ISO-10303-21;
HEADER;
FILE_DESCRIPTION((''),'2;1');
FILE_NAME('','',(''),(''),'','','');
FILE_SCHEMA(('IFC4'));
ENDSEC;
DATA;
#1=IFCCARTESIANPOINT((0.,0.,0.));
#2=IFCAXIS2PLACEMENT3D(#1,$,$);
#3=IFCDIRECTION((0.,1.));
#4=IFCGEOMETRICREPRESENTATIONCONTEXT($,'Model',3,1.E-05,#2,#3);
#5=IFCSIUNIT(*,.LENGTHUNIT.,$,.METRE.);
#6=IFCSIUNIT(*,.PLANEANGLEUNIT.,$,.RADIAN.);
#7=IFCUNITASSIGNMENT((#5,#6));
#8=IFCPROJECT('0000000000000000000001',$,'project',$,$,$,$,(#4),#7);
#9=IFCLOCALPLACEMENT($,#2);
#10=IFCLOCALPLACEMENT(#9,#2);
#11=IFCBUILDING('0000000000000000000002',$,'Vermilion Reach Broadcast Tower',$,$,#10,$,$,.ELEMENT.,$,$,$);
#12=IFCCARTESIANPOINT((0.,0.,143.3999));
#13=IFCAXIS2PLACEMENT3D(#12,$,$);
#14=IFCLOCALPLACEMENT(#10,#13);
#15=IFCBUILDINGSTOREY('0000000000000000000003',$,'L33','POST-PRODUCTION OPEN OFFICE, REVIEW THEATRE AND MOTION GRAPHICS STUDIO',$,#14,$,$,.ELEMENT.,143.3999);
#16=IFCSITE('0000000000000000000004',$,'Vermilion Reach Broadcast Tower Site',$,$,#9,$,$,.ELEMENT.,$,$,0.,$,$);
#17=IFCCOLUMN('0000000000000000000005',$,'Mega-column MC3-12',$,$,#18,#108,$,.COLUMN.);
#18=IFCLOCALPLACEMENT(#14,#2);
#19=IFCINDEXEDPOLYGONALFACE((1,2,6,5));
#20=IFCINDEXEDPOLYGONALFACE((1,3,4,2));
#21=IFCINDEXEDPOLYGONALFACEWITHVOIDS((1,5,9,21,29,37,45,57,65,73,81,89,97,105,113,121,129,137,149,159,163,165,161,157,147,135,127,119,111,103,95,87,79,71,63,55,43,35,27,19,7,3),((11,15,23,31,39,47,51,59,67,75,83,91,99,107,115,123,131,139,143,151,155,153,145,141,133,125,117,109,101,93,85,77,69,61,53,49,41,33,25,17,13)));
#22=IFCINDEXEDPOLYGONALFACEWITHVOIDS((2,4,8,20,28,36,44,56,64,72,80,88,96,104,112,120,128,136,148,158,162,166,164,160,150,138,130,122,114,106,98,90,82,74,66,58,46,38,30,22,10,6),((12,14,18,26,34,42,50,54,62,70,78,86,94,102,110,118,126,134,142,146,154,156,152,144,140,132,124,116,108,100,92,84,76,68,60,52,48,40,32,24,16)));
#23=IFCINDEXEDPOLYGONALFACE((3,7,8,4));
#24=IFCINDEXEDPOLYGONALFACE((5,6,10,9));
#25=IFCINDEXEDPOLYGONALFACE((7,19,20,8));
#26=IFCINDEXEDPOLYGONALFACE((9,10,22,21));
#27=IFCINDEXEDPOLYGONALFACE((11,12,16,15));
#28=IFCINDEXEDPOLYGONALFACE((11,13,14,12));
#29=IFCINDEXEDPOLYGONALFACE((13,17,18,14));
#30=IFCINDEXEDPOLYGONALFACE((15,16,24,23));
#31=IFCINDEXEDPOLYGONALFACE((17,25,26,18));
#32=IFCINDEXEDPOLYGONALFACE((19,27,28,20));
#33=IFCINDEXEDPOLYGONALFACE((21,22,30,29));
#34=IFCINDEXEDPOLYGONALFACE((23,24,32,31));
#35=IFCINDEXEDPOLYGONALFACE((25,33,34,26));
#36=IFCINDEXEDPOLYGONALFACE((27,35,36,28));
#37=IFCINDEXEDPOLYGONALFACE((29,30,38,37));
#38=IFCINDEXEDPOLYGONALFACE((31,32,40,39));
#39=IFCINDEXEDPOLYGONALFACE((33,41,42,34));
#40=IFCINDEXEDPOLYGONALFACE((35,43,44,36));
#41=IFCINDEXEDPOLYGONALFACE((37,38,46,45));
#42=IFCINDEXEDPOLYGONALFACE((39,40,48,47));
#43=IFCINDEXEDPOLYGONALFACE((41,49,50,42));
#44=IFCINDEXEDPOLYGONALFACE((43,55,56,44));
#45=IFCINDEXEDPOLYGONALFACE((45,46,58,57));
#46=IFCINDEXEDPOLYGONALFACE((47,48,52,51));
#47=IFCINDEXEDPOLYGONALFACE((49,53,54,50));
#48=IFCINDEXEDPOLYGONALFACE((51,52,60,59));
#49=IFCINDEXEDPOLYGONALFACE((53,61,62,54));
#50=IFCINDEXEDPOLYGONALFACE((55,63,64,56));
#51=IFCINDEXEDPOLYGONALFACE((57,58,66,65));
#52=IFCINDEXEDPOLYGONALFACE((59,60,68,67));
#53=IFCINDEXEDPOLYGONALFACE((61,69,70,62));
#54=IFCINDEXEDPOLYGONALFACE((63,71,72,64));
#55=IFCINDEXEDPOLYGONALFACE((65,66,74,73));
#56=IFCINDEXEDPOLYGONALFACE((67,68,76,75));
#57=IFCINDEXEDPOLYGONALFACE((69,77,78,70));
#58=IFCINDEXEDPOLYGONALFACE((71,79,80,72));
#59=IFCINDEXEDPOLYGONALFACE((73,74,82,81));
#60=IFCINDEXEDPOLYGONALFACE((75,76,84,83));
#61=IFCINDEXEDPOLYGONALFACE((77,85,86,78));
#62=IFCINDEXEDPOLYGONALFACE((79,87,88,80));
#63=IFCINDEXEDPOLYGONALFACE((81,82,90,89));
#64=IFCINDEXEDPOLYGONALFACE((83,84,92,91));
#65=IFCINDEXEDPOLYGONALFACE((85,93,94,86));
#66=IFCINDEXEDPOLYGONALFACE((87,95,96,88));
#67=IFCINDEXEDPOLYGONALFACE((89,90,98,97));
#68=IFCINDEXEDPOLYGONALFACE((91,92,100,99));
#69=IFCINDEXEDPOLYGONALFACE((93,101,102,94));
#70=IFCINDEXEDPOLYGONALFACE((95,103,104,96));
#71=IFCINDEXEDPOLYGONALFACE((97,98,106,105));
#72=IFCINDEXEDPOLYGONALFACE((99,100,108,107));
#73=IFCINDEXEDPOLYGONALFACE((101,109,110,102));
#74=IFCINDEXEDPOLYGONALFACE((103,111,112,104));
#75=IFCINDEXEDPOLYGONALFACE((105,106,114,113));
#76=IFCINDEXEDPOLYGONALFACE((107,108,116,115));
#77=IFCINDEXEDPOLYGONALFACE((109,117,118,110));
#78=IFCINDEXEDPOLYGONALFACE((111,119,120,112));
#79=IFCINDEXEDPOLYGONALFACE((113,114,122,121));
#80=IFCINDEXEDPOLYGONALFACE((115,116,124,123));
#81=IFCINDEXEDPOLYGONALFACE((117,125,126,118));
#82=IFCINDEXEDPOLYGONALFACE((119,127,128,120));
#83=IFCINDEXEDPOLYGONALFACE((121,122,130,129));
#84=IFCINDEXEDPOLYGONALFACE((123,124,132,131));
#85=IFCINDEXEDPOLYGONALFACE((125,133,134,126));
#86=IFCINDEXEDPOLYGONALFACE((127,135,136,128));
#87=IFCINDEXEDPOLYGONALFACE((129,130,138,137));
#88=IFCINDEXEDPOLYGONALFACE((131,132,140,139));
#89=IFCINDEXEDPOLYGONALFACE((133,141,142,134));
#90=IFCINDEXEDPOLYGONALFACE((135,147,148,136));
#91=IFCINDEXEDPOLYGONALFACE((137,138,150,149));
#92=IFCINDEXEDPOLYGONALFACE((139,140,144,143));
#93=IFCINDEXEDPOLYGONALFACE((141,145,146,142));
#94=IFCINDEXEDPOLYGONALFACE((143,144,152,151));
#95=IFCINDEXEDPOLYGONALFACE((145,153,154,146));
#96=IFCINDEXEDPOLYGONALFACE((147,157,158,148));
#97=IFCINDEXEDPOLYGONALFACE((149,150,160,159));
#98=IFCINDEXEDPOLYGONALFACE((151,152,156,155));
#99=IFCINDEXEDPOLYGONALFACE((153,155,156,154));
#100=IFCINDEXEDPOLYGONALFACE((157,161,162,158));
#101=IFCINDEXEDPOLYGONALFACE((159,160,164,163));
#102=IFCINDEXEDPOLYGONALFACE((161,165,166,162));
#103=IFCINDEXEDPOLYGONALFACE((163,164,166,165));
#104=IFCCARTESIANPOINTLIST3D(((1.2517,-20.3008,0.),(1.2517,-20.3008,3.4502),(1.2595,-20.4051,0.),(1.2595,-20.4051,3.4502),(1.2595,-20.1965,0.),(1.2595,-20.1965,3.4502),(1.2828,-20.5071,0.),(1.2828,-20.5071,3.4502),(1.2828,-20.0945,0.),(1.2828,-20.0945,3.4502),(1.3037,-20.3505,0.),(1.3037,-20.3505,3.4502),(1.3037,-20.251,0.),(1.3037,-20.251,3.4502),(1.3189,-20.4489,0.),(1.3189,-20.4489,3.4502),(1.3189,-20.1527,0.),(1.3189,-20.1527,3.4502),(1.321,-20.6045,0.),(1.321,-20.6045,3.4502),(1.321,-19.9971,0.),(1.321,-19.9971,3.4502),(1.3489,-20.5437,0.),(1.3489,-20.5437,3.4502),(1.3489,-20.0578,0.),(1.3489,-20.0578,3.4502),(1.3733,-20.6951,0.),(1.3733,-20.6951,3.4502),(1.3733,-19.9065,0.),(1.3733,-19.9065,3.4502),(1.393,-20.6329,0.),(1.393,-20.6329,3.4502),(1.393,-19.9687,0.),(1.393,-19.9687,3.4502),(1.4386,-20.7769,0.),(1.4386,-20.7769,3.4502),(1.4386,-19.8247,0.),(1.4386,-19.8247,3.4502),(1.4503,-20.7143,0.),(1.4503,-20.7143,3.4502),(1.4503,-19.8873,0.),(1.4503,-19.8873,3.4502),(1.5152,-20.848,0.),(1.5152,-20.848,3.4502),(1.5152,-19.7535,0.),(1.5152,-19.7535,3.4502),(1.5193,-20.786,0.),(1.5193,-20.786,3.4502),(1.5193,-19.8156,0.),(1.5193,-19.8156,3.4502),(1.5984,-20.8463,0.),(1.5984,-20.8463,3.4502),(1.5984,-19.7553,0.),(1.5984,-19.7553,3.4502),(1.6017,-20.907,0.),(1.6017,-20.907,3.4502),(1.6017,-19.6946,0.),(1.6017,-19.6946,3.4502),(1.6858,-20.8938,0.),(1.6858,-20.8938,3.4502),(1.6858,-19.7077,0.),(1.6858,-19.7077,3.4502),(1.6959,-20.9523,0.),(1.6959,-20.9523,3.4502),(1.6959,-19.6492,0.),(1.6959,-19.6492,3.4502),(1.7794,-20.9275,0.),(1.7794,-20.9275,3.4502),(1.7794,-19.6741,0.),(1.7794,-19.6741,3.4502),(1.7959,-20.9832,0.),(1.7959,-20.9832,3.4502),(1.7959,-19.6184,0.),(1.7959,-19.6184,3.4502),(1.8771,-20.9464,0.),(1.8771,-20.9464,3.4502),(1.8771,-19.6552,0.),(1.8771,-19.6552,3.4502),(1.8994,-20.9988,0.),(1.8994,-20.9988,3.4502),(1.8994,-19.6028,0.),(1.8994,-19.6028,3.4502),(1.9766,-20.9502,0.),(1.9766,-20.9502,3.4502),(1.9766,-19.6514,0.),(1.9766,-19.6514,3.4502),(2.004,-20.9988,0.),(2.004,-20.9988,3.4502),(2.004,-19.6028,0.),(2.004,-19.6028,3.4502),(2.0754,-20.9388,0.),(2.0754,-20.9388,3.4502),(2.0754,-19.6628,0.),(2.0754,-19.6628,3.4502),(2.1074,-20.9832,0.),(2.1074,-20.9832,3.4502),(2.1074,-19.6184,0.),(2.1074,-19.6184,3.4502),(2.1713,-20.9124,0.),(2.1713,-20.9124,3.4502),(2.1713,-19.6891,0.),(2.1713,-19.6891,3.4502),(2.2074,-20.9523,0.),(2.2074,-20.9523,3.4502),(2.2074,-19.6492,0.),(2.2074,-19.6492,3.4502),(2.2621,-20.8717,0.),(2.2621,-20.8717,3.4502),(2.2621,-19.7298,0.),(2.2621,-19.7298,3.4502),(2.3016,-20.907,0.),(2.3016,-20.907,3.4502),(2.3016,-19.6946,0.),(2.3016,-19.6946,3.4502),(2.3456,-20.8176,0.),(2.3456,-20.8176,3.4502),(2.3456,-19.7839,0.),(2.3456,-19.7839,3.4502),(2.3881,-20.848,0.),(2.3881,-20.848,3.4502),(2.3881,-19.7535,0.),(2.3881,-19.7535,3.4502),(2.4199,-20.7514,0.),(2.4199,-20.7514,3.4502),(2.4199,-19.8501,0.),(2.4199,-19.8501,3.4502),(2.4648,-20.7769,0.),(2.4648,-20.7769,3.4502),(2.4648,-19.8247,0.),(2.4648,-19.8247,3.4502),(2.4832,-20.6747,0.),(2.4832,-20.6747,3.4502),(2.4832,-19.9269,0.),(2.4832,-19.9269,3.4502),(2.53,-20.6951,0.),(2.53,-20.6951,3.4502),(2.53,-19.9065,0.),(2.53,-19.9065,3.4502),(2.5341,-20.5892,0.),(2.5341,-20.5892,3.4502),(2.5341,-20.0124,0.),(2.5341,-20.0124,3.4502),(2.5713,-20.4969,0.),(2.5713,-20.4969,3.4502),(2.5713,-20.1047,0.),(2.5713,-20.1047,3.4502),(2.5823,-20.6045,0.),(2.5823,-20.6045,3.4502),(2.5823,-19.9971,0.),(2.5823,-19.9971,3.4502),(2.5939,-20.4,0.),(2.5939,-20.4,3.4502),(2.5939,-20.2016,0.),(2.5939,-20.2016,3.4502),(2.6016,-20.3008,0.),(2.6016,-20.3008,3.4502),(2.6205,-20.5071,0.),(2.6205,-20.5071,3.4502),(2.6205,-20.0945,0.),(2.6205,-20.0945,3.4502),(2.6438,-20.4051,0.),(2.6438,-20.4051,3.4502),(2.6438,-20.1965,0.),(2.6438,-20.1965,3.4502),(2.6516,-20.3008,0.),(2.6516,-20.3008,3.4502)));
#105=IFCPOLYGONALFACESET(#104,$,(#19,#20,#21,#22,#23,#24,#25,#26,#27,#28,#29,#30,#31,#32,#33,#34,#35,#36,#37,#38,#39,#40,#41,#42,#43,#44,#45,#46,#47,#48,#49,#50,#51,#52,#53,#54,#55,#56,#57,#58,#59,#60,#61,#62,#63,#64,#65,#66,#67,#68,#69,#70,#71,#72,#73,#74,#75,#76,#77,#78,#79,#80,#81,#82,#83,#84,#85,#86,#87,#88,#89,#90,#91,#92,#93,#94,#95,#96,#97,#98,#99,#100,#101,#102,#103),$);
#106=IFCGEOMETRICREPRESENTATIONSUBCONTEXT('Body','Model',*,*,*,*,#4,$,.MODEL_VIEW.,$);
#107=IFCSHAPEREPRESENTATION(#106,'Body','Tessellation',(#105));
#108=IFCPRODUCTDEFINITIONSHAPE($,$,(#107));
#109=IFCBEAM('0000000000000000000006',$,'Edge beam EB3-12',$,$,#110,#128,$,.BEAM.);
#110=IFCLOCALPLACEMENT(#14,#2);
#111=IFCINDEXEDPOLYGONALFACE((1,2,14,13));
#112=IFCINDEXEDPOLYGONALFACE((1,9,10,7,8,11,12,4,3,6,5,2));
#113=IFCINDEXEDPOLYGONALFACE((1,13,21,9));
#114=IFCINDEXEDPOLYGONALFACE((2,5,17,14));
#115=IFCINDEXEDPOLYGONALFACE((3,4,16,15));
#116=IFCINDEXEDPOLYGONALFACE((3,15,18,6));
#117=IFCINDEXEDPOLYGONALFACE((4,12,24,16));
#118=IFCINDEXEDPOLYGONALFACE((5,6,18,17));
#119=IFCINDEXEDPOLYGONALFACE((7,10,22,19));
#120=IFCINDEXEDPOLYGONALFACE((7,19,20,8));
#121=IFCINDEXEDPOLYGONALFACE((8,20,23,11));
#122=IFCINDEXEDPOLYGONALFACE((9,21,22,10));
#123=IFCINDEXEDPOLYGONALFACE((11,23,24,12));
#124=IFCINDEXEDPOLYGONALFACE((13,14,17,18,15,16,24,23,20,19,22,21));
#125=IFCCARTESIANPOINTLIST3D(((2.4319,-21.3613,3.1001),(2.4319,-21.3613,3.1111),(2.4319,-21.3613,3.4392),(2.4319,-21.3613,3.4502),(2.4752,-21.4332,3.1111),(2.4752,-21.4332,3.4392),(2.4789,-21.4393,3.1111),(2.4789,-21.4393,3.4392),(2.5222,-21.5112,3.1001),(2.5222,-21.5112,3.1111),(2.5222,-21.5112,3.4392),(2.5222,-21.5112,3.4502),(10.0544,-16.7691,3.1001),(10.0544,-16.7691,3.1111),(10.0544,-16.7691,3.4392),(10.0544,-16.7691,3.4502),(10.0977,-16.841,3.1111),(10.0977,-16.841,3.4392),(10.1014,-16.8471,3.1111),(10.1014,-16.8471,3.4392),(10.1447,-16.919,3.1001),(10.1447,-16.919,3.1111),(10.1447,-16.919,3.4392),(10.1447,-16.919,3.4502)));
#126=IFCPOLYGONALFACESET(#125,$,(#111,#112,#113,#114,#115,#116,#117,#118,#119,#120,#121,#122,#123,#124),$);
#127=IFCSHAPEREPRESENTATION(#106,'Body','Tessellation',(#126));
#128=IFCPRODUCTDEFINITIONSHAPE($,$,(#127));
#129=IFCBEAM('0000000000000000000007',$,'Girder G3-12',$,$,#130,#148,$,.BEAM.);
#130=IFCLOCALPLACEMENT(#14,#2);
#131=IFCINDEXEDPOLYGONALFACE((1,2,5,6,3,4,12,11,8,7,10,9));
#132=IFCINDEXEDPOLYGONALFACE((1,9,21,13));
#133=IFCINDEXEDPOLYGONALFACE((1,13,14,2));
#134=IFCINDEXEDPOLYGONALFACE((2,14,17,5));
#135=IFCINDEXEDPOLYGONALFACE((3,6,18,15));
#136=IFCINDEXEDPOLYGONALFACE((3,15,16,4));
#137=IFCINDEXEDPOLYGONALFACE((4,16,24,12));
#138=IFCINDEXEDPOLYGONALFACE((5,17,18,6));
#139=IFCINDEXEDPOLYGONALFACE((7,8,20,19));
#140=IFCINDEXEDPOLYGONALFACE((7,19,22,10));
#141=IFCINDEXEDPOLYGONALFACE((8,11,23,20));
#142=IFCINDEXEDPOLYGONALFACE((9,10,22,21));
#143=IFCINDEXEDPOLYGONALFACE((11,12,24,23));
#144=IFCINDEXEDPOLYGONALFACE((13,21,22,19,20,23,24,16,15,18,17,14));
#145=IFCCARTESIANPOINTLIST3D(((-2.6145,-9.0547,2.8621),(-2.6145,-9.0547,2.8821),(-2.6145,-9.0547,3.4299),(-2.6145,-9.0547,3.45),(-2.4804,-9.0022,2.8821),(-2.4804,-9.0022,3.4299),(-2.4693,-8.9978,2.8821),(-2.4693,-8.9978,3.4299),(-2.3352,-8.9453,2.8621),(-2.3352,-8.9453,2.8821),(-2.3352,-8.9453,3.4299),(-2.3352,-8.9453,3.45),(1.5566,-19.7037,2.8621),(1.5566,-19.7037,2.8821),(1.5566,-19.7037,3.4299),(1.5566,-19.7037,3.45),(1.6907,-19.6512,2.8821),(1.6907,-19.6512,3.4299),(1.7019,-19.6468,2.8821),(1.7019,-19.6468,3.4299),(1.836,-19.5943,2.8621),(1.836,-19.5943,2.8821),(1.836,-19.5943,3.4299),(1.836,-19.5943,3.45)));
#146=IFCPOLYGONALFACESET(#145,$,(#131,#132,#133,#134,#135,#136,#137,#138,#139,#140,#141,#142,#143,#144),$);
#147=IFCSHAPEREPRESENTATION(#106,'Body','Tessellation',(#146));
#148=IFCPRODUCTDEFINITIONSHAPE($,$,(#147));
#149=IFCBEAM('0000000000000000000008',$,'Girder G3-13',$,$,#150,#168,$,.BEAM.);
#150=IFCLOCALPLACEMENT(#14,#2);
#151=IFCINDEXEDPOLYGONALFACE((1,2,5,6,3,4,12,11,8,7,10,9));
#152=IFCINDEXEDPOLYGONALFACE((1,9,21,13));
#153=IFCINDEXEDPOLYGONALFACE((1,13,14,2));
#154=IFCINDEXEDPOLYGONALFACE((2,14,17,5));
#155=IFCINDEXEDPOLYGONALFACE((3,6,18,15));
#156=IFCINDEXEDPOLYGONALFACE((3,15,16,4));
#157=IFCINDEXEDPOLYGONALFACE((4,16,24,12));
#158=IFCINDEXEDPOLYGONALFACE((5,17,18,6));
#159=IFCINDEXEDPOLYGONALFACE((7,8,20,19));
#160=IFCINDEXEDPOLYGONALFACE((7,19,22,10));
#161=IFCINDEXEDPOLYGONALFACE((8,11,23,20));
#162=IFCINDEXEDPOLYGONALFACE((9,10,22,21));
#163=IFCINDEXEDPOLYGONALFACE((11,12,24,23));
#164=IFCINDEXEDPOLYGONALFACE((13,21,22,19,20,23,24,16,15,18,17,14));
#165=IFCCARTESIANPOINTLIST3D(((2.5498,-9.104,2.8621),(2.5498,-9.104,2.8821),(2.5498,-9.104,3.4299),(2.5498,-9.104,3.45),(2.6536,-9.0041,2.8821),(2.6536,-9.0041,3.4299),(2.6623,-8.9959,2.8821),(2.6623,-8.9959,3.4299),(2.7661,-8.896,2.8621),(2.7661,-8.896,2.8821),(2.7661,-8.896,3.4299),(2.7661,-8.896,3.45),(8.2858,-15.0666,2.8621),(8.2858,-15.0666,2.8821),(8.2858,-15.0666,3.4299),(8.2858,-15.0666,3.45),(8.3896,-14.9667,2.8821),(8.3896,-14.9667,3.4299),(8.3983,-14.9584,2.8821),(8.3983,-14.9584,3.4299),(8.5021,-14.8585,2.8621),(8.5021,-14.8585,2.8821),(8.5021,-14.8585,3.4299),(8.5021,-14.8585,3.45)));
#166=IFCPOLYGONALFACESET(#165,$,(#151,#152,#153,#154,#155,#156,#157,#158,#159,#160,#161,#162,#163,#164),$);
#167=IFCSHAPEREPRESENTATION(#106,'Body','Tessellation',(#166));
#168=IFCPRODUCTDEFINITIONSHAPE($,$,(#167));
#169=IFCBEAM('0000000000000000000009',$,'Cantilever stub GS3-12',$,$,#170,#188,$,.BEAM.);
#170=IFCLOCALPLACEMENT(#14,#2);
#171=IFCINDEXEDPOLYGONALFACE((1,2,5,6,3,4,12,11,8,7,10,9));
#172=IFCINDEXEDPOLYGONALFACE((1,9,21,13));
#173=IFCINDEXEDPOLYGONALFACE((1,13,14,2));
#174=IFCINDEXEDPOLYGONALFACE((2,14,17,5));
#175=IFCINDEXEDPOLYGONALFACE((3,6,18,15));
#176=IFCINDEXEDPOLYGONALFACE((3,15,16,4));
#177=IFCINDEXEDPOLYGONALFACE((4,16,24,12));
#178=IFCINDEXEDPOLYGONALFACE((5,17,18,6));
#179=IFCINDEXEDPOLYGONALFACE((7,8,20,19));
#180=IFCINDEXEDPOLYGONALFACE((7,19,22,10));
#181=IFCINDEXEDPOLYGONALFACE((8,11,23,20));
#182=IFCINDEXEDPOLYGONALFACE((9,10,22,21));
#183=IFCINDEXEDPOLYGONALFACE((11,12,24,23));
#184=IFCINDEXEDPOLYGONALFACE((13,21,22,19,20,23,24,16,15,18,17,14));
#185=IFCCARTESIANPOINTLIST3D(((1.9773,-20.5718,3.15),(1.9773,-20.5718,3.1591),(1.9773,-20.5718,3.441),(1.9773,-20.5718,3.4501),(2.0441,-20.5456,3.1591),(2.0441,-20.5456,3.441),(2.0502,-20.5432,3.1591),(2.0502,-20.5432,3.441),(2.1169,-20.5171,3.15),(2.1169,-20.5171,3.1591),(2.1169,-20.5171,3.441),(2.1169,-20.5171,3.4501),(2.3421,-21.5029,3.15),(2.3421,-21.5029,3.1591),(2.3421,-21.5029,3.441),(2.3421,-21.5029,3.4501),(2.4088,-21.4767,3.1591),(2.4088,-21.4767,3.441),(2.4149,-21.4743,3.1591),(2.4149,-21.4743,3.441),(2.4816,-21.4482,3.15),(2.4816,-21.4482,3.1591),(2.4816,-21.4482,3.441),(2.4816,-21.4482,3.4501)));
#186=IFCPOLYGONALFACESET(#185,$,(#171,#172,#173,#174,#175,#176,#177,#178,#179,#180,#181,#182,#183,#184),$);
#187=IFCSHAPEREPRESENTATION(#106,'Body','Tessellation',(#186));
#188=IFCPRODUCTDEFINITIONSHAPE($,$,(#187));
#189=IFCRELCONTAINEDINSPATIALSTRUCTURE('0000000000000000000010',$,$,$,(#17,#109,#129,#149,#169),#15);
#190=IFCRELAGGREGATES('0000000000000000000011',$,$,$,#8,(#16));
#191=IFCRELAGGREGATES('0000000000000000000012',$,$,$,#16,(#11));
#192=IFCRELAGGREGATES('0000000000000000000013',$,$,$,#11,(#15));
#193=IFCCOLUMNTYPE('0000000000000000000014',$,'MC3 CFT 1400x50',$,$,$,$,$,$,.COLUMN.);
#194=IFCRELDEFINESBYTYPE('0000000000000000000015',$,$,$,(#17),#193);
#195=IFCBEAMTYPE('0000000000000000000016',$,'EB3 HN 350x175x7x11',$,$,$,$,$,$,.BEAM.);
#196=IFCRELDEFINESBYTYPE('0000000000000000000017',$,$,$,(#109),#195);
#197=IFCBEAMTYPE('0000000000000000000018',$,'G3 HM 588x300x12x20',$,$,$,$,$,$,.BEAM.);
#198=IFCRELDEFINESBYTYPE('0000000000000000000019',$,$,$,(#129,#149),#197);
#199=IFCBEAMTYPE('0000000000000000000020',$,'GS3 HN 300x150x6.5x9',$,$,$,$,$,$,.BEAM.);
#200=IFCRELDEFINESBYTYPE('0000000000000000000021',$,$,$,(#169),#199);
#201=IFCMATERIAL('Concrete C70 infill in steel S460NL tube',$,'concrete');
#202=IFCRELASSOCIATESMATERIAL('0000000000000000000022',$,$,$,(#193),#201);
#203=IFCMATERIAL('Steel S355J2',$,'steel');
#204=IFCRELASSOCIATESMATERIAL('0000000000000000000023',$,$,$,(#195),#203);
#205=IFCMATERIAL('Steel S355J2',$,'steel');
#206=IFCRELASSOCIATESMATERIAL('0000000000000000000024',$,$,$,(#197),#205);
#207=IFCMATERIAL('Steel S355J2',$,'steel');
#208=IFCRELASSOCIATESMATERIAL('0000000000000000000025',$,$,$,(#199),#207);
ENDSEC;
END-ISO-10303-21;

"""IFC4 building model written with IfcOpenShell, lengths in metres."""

from ifc_helpers import new_model, si_unit, direction, frame, origin, origin_2d, place, context, subcontext, project, spatial, hollow_circle, i_section, extrude, material, material_profile, profile_set, type_object, element, save


model = new_model("IFC4")

# Units and contexts
model_context = context("Model", 3, precision=1e-05, world=origin(), true_north=direction((0.0, 1.0)))
body_context = subcontext(model_context, "Body", "Model", "MODEL_VIEW")
ifc_project = project(units=[si_unit("LENGTHUNIT", "METRE"), si_unit("PLANEANGLEUNIT", "RADIAN")], contexts=[model_context])

# Site, building, storey
site_placement = place(None, origin())
site = spatial("IfcSite", under=ifc_project, at=site_placement, Name="Vermilion Reach Broadcast Tower Site", CompositionType="ELEMENT", RefElevation=0.0)
building_placement = place(site_placement, origin())
building = spatial("IfcBuilding", under=site, at=building_placement, Name="Vermilion Reach Broadcast Tower", CompositionType="ELEMENT")
storey_placement = place(building_placement, frame((0.0, 0.0, 143.3999)))
storey = spatial("IfcBuildingStorey", under=building, at=storey_placement, Name="L33", Description="POST-PRODUCTION OPEN OFFICE, REVIEW THEATRE AND MOTION GRAPHICS STUDIO", CompositionType="ELEMENT", Elevation=143.3999)

# Column
ifc_material_1 = material(Name="Concrete C70 infill in steel S460NL tube", Category="concrete")
ifc_material_profile_1 = material_profile(ifc_material_1, hollow_circle(Radius=0.7, WallThickness=0.05, at=origin_2d()), Name="Concrete C70 infill in steel S460NL tube CFT 1400x50")
ifc_profile_set_1 = profile_set([ifc_material_profile_1], Name="Concrete C70 infill in steel S460NL tube")
column_type = type_object("IfcColumnType", Name="MC3 CFT 1400x50", PredefinedType="COLUMN", material=ifc_profile_set_1)
column_placement = place(storey_placement, frame((1.9517, -20.3008, 0.0), z_axis=(0.0, 0.0, 1.0), x_axis=(1.0, 0.0, 0.0)))
element("IfcColumn", 1, at=column_placement, inside=storey, type_object=column_type, Name="Mega-column MC3-12", PredefinedType="COLUMN", context=body_context, shape_type="SweptSolid", body=[
    extrude(hollow_circle(Radius=0.7, WallThickness=0.05, at=origin_2d()), origin(), (0.0, 0.0, 1.0), 3.4502),
])

# Beams
ifc_material_2 = material(Name="Steel S355J2", Category="steel")
ifc_material_profile_2 = material_profile(ifc_material_2, i_section(OverallWidth=0.175, OverallDepth=0.3501, WebThickness=0.0071, FlangeThickness=0.011, at=origin_2d()), Name="S355J2 HN 350x175x7x11")
ifc_profile_set_2 = profile_set([ifc_material_profile_2], Name="Steel S355J2")
beam_type_1 = type_object("IfcBeamType", Name="EB3 HN 350x175x7x11", PredefinedType="BEAM", material=ifc_profile_set_2)
beam_1_placement = place(storey_placement, frame((2.4771, -21.4363, 3.2751), z_axis=(0.856562, 0.516044, 0.0), x_axis=(-0.516044, 0.856562, 0.0)))
element("IfcBeam", 2, at=beam_1_placement, inside=storey, type_object=beam_type_1, Name="Edge beam EB3-12", PredefinedType="BEAM", context=body_context, shape_type="SweptSolid", body=[
    extrude(i_section(OverallWidth=0.175, OverallDepth=0.3501, WebThickness=0.0071, FlangeThickness=0.011, at=origin_2d()), origin(), (0.0, 0.0, 1.0), 8.8989),
])
ifc_material_3 = material(Name="Steel S355J2", Category="steel")
ifc_material_profile_3 = material_profile(ifc_material_3, i_section(OverallWidth=0.3, OverallDepth=0.5879, WebThickness=0.012, FlangeThickness=0.02, at=origin_2d()), Name="S355J2 HM 588x300x12x20")
ifc_profile_set_3 = profile_set([ifc_material_profile_3], Name="Steel S355J2")
beam_type_2 = type_object("IfcBeamType", Name="G3 HM 588x300x12x20", PredefinedType="BEAM", material=ifc_profile_set_3)
beam_2_placement = place(storey_placement, frame((-2.4749, -9.0, 3.156), z_axis=(0.364716, -0.931119, 0.0), x_axis=(0.931119, 0.364716, 0.0)))
element("IfcBeam", 3, at=beam_2_placement, inside=storey, type_object=beam_type_2, Name="Girder G3-12", PredefinedType="BEAM", context=body_context, shape_type="SweptSolid", body=[
    extrude(i_section(OverallWidth=0.3, OverallDepth=0.5879, WebThickness=0.012, FlangeThickness=0.02, at=origin_2d()), origin(), (0.0, 0.0, 1.0), 11.4368),
])
beam_3_placement = place(storey_placement, frame((2.658, -9.0, 3.156), z_axis=(0.693283, -0.720666, 0.0), x_axis=(0.720666, 0.693283, 0.0)))
element("IfcBeam", 4, at=beam_3_placement, inside=storey, type_object=beam_type_2, Name="Girder G3-13", PredefinedType="BEAM", context=body_context, shape_type="SweptSolid", body=[
    extrude(i_section(OverallWidth=0.3, OverallDepth=0.5879, WebThickness=0.012, FlangeThickness=0.02, at=origin_2d()), origin(), (0.0, 0.0, 1.0), 8.2737),
])
ifc_material_4 = material(Name="Steel S355J2", Category="steel")
ifc_material_profile_4 = material_profile(ifc_material_4, i_section(OverallWidth=0.1499, OverallDepth=0.3, WebThickness=0.0066, FlangeThickness=0.009, at=origin_2d()), Name="S355J2 HN 300x150x6.5x9")
ifc_profile_set_4 = profile_set([ifc_material_profile_4], Name="Steel S355J2")
beam_type_3 = type_object("IfcBeamType", Name="GS3 HN 300x150x6.5x9", PredefinedType="BEAM", material=ifc_profile_set_4)
beam_4_placement = place(storey_placement, frame((2.0471, -20.5444, 3.3), z_axis=(0.364731, -0.931113, 0.0), x_axis=(0.931113, 0.364731, 0.0)))
element("IfcBeam", 5, at=beam_4_placement, inside=storey, type_object=beam_type_3, Name="Cantilever stub GS3-12", PredefinedType="BEAM", context=body_context, shape_type="SweptSolid", body=[
    extrude(i_section(OverallWidth=0.1499, OverallDepth=0.3, WebThickness=0.0066, FlangeThickness=0.009, at=origin_2d()), origin(), (0.0, 0.0, 1.0), 1.0),
])

save(model, "model.ifc")
